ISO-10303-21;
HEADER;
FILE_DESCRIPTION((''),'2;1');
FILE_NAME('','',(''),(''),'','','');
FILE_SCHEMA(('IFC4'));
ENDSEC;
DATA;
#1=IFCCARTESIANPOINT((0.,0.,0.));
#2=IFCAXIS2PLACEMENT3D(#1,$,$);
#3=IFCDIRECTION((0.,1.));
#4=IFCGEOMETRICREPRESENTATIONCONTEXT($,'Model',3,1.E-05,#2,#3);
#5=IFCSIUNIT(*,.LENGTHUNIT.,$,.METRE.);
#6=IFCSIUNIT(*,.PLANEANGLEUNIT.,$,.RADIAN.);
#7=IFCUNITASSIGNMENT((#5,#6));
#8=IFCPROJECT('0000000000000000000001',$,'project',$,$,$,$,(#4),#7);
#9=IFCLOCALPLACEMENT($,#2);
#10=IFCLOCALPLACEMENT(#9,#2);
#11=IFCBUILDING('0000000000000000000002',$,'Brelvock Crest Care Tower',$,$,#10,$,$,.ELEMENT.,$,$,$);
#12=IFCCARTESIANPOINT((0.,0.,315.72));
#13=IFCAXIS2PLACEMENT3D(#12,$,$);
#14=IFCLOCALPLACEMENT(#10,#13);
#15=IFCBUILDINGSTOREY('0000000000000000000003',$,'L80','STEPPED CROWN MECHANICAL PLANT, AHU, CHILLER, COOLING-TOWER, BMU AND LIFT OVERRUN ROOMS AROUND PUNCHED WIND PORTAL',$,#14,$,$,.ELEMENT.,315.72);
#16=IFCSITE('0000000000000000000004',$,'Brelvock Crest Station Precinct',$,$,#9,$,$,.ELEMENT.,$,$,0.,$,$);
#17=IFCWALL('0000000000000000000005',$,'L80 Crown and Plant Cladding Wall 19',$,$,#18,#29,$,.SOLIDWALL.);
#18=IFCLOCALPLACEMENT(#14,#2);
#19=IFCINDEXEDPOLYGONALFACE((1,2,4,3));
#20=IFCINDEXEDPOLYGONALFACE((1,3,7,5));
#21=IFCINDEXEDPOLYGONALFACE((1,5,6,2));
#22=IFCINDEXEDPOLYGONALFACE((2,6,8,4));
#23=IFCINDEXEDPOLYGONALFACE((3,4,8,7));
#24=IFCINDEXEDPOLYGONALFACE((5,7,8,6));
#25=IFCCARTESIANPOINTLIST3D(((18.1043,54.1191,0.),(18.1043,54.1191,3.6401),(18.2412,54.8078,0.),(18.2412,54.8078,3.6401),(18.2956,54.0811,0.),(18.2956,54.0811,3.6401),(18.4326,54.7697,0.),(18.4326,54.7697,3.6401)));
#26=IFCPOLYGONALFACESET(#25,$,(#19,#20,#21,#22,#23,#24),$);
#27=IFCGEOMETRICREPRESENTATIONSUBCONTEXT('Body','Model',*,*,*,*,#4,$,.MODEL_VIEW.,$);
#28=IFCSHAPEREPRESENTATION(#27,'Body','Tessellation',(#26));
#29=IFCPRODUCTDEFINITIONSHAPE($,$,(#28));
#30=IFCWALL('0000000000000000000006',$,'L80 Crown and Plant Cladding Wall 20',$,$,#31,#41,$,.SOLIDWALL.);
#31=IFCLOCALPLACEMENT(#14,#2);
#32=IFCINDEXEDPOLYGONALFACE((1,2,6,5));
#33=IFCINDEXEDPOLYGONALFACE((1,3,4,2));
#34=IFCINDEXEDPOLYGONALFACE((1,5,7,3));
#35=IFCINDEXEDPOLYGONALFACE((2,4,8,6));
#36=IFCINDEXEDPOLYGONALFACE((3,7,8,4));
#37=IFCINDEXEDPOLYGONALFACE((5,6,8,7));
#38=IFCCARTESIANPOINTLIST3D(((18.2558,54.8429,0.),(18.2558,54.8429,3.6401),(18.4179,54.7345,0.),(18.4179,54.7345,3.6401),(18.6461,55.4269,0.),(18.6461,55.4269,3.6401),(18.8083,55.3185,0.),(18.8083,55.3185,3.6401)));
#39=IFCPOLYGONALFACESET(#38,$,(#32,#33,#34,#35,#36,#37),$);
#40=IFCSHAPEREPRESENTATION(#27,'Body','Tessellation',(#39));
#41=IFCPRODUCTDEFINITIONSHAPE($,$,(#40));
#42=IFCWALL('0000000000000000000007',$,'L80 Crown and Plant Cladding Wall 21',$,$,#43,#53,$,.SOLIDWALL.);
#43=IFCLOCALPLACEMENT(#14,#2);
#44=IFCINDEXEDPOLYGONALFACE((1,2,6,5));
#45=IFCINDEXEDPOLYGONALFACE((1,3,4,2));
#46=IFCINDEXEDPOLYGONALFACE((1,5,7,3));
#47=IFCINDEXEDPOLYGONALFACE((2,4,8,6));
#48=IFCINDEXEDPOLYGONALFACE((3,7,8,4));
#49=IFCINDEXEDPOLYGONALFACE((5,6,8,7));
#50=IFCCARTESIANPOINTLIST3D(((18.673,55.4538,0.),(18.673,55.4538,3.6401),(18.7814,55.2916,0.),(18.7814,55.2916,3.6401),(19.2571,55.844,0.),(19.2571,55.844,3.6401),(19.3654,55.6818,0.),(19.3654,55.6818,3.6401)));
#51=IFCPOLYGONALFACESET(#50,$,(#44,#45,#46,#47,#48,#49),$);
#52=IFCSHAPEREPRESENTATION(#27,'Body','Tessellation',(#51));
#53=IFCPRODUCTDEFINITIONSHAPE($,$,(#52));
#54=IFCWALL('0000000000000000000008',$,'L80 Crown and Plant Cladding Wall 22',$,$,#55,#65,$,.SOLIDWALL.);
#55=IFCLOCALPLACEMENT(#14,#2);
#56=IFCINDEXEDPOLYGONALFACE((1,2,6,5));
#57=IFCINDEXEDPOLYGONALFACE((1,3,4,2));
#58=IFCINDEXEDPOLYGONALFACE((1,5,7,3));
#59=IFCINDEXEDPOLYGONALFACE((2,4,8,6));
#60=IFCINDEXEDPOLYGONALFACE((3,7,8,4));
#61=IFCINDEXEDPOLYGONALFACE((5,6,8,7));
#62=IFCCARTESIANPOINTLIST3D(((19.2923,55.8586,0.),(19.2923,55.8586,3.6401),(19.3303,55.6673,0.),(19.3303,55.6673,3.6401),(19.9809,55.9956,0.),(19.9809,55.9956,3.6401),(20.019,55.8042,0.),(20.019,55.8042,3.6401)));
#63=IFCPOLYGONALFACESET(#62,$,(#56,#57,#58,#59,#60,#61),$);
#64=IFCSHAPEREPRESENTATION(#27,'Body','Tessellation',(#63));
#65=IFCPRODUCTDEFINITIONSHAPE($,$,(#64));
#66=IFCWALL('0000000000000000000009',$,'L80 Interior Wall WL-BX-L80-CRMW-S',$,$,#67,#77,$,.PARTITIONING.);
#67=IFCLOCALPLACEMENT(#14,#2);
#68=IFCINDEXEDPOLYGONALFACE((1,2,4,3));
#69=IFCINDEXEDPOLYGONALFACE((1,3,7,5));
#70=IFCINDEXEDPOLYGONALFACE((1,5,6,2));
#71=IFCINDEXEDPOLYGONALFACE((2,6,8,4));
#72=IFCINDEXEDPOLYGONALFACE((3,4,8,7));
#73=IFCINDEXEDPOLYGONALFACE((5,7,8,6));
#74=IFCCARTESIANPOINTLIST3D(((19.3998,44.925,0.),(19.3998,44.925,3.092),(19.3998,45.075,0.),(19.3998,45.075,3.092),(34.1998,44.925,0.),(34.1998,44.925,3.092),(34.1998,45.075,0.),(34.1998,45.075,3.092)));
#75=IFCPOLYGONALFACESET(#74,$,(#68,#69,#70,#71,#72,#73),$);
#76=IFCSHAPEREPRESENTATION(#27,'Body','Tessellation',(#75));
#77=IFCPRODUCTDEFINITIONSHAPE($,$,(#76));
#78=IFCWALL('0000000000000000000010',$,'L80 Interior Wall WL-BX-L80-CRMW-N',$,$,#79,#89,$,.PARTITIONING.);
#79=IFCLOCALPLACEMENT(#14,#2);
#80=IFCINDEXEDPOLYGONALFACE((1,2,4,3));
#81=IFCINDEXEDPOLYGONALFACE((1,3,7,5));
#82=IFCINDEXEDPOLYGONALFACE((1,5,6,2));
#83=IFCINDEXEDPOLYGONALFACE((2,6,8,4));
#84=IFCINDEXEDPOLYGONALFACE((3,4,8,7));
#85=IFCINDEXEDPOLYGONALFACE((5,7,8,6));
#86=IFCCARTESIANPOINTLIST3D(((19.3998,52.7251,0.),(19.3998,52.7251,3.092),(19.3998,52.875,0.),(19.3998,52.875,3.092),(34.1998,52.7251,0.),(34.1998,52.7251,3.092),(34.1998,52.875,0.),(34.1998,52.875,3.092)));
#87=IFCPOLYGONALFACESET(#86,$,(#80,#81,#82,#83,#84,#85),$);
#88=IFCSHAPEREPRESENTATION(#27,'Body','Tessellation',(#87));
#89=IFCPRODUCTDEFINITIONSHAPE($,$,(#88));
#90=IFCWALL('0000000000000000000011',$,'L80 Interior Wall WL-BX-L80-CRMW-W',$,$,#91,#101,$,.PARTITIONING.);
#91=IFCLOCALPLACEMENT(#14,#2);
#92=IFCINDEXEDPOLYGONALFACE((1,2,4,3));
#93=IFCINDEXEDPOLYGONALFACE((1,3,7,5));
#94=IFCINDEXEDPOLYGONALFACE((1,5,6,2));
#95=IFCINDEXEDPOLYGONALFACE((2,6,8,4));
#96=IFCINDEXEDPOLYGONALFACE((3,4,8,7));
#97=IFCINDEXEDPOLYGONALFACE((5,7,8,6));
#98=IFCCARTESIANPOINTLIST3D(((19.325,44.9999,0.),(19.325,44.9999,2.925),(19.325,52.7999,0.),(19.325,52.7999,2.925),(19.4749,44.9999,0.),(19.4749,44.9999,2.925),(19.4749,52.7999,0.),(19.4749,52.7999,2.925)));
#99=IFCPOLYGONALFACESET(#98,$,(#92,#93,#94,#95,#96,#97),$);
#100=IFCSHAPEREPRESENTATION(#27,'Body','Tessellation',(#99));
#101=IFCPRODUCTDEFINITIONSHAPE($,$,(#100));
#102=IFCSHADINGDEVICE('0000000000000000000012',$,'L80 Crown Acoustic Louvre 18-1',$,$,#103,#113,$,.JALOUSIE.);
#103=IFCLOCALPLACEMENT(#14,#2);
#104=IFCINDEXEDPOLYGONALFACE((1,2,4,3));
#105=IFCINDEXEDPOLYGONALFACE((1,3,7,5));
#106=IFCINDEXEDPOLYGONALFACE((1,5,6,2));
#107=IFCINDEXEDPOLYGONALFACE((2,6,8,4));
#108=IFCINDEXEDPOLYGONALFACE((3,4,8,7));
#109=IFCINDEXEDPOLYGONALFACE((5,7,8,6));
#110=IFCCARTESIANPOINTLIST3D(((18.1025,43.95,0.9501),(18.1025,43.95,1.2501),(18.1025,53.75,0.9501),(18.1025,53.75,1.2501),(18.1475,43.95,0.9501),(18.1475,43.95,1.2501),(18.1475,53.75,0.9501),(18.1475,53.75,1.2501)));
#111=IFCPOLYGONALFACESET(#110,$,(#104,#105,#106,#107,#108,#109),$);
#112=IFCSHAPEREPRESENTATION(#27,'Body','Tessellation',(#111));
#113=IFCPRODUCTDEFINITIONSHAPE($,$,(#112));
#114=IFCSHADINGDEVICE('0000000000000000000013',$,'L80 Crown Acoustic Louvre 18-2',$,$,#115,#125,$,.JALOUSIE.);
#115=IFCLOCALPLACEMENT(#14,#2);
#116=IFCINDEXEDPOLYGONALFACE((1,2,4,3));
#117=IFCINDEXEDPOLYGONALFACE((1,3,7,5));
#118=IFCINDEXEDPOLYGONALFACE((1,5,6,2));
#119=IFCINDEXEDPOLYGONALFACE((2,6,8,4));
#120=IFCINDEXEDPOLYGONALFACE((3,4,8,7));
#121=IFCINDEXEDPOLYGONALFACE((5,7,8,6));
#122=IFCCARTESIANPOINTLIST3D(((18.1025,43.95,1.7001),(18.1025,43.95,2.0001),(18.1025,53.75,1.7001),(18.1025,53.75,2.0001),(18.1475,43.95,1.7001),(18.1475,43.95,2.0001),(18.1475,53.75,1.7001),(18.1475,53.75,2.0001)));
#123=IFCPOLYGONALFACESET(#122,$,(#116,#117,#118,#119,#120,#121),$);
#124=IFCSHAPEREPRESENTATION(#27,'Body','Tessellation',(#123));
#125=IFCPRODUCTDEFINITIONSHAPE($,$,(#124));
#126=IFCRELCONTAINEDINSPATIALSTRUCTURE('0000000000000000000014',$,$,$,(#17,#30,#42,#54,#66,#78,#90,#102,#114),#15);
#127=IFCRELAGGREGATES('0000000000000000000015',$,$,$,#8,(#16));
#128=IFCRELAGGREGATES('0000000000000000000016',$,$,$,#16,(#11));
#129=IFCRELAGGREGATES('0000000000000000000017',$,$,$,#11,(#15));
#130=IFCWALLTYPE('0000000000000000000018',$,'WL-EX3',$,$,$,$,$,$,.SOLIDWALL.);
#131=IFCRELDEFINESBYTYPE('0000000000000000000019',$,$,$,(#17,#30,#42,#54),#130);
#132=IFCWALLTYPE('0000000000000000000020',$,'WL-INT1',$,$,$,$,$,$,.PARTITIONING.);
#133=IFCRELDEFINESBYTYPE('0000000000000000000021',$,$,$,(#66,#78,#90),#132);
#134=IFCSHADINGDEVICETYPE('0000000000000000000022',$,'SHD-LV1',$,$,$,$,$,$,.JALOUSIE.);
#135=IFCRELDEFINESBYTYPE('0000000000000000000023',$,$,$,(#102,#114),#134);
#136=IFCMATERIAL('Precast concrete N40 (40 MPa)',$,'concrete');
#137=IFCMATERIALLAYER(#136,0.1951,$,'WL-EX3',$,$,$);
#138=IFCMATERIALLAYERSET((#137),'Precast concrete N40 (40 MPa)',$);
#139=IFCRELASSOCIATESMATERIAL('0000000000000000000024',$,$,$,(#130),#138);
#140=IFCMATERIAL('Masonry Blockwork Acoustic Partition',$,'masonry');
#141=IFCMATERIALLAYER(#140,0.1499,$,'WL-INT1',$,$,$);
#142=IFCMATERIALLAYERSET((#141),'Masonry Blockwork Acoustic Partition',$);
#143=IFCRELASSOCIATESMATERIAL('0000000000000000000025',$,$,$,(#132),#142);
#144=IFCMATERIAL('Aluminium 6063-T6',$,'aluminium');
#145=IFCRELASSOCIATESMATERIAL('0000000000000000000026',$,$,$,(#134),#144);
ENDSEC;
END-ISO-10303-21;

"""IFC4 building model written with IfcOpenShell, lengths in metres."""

from ifc_helpers import new_model, si_unit, direction, frame, frame_2d, origin, origin_2d, place, context, subcontext, project, spatial, rectangle, extrude, source, transform, mapped, material, layer, layer_set, material_profile, profile_set, type_object, element, save


model = new_model("IFC4")

# Units and contexts
model_context = context("Model", 3, precision=1e-05, world=origin(), true_north=direction((0.0, 1.0)))
body_context = subcontext(model_context, "Body", "Model", "MODEL_VIEW")
ifc_project = project(units=[si_unit("LENGTHUNIT", "METRE"), si_unit("PLANEANGLEUNIT", "RADIAN")], contexts=[model_context])

# Site, building, storey
site_placement = place(None, origin())
site = spatial("IfcSite", under=ifc_project, at=site_placement, Name="Brelvock Crest Station Precinct", CompositionType="ELEMENT", RefElevation=0.0)
building_placement = place(site_placement, origin())
building = spatial("IfcBuilding", under=site, at=building_placement, Name="Brelvock Crest Care Tower", CompositionType="ELEMENT")
storey_placement = place(building_placement, frame((0.0, 0.0, 315.72)))
storey = spatial("IfcBuildingStorey", under=building, at=storey_placement, Name="L80", Description="STEPPED CROWN MECHANICAL PLANT, AHU, CHILLER, COOLING-TOWER, BMU AND LIFT OVERRUN ROOMS AROUND PUNCHED WIND PORTAL", CompositionType="ELEMENT", Elevation=315.72)

# Walls
ifc_material_1 = material(Name="Precast concrete N40 (40 MPa)", Category="concrete")
ifc_layer_1 = layer(ifc_material_1, 0.1951, Name="WL-EX3")
ifc_layer_set_1 = layer_set([ifc_layer_1], Name="Precast concrete N40 (40 MPa)")
wall_type_1 = type_object("IfcWallType", Name="WL-EX3", PredefinedType="SOLIDWALL", material=ifc_layer_set_1)
wall_1_placement = place(storey_placement, frame((18.2, 54.1001, 0.0), z_axis=(0.0, 0.0, 1.0), x_axis=(0.195046, 0.980794, 0.0)))
element("IfcWall", 1, at=wall_1_placement, inside=storey, type_object=wall_type_1, Name="L80 Crown and Plant Cladding Wall 19", PredefinedType="SOLIDWALL", context=body_context, shape_type="SweptSolid", body=[
    extrude(rectangle(XDim=0.7021, YDim=0.1951, at=frame_2d((0.3511, 0.0))), origin(), (0.0, 0.0, 1.0), 3.6401),
])
for number, where, z_axis, x_axis, name in (
    (2, (18.3369, 54.7888, 0.0), (0.0, 0.0, 1.0), (0.555742, 0.831355, 0.0), "L80 Crown and Plant Cladding Wall 20"),
    (3, (18.7273, 55.3728, 0.0), (0.0, 0.0, 1.0), (0.831515, 0.555502, 0.0), "L80 Crown and Plant Cladding Wall 21"),
):
    element("IfcWall", number, at=place(storey_placement, frame(where, z_axis=z_axis, x_axis=x_axis)), inside=storey, type_object=wall_type_1, Name=name, PredefinedType="SOLIDWALL", context=body_context, shape_type="SweptSolid", body=[
        extrude(rectangle(XDim=0.7024, YDim=0.1951, at=frame_2d((0.3511, 0.0))), origin(), (0.0, 0.0, 1.0), 3.6401),
    ])
wall_2_placement = place(storey_placement, frame((19.3113, 55.7629, 0.0), z_axis=(0.0, 0.0, 1.0), x_axis=(0.980794, 0.195046, 0.0)))
element("IfcWall", 4, at=wall_2_placement, inside=storey, type_object=wall_type_1, Name="L80 Crown and Plant Cladding Wall 22", PredefinedType="SOLIDWALL", context=body_context, shape_type="SweptSolid", body=[
    extrude(rectangle(XDim=0.7021, YDim=0.1951, at=frame_2d((0.3511, 0.0))), origin(), (0.0, 0.0, 1.0), 3.6401),
])
ifc_material_2 = material(Name="Masonry Blockwork Acoustic Partition", Category="masonry")
ifc_layer_2 = layer(ifc_material_2, 0.1499, Name="WL-INT1")
ifc_layer_set_2 = layer_set([ifc_layer_2], Name="Masonry Blockwork Acoustic Partition")
wall_type_2 = type_object("IfcWallType", Name="WL-INT1", PredefinedType="PARTITIONING", material=ifc_layer_set_2)
for number, where, z_axis, x_axis, name in (
    (5, (19.3999, 45.0, 0.0), (0.0, 0.0, 1.0), (1.0, 0.0, 0.0), "L80 Interior Wall WL-BX-L80-CRMW-S"),
    (6, (19.3999, 52.8, 0.0), (0.0, 0.0, 1.0), (1.0, 0.0, 0.0), "L80 Interior Wall WL-BX-L80-CRMW-N"),
):
    element("IfcWall", number, at=place(storey_placement, frame(where, z_axis=z_axis, x_axis=x_axis)), inside=storey, type_object=wall_type_2, Name=name, PredefinedType="PARTITIONING", context=body_context, shape_type="SweptSolid", body=[
        extrude(rectangle(XDim=14.8, YDim=0.1499, at=frame_2d((7.3999, 0.0))), origin(), (0.0, 0.0, 1.0), 3.092),
    ])
wall_3_placement = place(storey_placement, frame((19.3999, 45.0, 0.0), z_axis=(0.0, 0.0, 1.0), x_axis=(0.0, 1.0, 0.0)))
element("IfcWall", 7, at=wall_3_placement, inside=storey, type_object=wall_type_2, Name="L80 Interior Wall WL-BX-L80-CRMW-W", PredefinedType="PARTITIONING", context=body_context, shape_type="SweptSolid", body=[
    extrude(rectangle(XDim=7.8, YDim=0.1499, at=frame_2d((3.8999, 0.0))), origin(), (0.0, 0.0, 1.0), 2.925),
])

# Shading devices
ifc_material_3 = material(Name="Aluminium 6063-T6", Category="aluminium")
ifc_material_profile_1 = material_profile(ifc_material_3, rectangle(XDim=0.0449, YDim=0.3, at=origin_2d()), Name="LOUVRE45x300")
ifc_profile_set_1 = profile_set([ifc_material_profile_1], Name="Aluminium 6063-T6")
shading_device_type = type_object("IfcShadingDeviceType", Name="SHD-LV1", PredefinedType="JALOUSIE", material=ifc_profile_set_1)
shared_shape_1 = source(origin(), body_context, "Body", "SweptSolid", [
    extrude(rectangle(XDim=0.0449, YDim=0.3, at=origin_2d()), origin(), (0.0, 0.0, 1.0), 9.8),
])
for number, where, z_axis, x_axis, name in (
    (8, (18.125, 43.95, 1.1001), (0.0, 1.0, 0.0), (-1.0, 0.0, 0.0), "L80 Crown Acoustic Louvre 18-1"),
    (9, (18.125, 43.95, 1.8501), (0.0, 1.0, 0.0), (-1.0, 0.0, 0.0), "L80 Crown Acoustic Louvre 18-2"),
):
    element("IfcShadingDevice", number, at=place(storey_placement, frame(where, z_axis=z_axis, x_axis=x_axis)), inside=storey, type_object=shading_device_type, Name=name, PredefinedType="JALOUSIE", context=body_context, shape_type="MappedRepresentation", body=[
        mapped(shared_shape_1, transform((0.0, 0.0, 0.0), x_axis=(1.0, 0.0, 0.0), y_axis=(0.0, 1.0, 0.0), z_axis=(0.0, 0.0, 1.0), scale=1.0)),
    ])

save(model, "model.ifc")
